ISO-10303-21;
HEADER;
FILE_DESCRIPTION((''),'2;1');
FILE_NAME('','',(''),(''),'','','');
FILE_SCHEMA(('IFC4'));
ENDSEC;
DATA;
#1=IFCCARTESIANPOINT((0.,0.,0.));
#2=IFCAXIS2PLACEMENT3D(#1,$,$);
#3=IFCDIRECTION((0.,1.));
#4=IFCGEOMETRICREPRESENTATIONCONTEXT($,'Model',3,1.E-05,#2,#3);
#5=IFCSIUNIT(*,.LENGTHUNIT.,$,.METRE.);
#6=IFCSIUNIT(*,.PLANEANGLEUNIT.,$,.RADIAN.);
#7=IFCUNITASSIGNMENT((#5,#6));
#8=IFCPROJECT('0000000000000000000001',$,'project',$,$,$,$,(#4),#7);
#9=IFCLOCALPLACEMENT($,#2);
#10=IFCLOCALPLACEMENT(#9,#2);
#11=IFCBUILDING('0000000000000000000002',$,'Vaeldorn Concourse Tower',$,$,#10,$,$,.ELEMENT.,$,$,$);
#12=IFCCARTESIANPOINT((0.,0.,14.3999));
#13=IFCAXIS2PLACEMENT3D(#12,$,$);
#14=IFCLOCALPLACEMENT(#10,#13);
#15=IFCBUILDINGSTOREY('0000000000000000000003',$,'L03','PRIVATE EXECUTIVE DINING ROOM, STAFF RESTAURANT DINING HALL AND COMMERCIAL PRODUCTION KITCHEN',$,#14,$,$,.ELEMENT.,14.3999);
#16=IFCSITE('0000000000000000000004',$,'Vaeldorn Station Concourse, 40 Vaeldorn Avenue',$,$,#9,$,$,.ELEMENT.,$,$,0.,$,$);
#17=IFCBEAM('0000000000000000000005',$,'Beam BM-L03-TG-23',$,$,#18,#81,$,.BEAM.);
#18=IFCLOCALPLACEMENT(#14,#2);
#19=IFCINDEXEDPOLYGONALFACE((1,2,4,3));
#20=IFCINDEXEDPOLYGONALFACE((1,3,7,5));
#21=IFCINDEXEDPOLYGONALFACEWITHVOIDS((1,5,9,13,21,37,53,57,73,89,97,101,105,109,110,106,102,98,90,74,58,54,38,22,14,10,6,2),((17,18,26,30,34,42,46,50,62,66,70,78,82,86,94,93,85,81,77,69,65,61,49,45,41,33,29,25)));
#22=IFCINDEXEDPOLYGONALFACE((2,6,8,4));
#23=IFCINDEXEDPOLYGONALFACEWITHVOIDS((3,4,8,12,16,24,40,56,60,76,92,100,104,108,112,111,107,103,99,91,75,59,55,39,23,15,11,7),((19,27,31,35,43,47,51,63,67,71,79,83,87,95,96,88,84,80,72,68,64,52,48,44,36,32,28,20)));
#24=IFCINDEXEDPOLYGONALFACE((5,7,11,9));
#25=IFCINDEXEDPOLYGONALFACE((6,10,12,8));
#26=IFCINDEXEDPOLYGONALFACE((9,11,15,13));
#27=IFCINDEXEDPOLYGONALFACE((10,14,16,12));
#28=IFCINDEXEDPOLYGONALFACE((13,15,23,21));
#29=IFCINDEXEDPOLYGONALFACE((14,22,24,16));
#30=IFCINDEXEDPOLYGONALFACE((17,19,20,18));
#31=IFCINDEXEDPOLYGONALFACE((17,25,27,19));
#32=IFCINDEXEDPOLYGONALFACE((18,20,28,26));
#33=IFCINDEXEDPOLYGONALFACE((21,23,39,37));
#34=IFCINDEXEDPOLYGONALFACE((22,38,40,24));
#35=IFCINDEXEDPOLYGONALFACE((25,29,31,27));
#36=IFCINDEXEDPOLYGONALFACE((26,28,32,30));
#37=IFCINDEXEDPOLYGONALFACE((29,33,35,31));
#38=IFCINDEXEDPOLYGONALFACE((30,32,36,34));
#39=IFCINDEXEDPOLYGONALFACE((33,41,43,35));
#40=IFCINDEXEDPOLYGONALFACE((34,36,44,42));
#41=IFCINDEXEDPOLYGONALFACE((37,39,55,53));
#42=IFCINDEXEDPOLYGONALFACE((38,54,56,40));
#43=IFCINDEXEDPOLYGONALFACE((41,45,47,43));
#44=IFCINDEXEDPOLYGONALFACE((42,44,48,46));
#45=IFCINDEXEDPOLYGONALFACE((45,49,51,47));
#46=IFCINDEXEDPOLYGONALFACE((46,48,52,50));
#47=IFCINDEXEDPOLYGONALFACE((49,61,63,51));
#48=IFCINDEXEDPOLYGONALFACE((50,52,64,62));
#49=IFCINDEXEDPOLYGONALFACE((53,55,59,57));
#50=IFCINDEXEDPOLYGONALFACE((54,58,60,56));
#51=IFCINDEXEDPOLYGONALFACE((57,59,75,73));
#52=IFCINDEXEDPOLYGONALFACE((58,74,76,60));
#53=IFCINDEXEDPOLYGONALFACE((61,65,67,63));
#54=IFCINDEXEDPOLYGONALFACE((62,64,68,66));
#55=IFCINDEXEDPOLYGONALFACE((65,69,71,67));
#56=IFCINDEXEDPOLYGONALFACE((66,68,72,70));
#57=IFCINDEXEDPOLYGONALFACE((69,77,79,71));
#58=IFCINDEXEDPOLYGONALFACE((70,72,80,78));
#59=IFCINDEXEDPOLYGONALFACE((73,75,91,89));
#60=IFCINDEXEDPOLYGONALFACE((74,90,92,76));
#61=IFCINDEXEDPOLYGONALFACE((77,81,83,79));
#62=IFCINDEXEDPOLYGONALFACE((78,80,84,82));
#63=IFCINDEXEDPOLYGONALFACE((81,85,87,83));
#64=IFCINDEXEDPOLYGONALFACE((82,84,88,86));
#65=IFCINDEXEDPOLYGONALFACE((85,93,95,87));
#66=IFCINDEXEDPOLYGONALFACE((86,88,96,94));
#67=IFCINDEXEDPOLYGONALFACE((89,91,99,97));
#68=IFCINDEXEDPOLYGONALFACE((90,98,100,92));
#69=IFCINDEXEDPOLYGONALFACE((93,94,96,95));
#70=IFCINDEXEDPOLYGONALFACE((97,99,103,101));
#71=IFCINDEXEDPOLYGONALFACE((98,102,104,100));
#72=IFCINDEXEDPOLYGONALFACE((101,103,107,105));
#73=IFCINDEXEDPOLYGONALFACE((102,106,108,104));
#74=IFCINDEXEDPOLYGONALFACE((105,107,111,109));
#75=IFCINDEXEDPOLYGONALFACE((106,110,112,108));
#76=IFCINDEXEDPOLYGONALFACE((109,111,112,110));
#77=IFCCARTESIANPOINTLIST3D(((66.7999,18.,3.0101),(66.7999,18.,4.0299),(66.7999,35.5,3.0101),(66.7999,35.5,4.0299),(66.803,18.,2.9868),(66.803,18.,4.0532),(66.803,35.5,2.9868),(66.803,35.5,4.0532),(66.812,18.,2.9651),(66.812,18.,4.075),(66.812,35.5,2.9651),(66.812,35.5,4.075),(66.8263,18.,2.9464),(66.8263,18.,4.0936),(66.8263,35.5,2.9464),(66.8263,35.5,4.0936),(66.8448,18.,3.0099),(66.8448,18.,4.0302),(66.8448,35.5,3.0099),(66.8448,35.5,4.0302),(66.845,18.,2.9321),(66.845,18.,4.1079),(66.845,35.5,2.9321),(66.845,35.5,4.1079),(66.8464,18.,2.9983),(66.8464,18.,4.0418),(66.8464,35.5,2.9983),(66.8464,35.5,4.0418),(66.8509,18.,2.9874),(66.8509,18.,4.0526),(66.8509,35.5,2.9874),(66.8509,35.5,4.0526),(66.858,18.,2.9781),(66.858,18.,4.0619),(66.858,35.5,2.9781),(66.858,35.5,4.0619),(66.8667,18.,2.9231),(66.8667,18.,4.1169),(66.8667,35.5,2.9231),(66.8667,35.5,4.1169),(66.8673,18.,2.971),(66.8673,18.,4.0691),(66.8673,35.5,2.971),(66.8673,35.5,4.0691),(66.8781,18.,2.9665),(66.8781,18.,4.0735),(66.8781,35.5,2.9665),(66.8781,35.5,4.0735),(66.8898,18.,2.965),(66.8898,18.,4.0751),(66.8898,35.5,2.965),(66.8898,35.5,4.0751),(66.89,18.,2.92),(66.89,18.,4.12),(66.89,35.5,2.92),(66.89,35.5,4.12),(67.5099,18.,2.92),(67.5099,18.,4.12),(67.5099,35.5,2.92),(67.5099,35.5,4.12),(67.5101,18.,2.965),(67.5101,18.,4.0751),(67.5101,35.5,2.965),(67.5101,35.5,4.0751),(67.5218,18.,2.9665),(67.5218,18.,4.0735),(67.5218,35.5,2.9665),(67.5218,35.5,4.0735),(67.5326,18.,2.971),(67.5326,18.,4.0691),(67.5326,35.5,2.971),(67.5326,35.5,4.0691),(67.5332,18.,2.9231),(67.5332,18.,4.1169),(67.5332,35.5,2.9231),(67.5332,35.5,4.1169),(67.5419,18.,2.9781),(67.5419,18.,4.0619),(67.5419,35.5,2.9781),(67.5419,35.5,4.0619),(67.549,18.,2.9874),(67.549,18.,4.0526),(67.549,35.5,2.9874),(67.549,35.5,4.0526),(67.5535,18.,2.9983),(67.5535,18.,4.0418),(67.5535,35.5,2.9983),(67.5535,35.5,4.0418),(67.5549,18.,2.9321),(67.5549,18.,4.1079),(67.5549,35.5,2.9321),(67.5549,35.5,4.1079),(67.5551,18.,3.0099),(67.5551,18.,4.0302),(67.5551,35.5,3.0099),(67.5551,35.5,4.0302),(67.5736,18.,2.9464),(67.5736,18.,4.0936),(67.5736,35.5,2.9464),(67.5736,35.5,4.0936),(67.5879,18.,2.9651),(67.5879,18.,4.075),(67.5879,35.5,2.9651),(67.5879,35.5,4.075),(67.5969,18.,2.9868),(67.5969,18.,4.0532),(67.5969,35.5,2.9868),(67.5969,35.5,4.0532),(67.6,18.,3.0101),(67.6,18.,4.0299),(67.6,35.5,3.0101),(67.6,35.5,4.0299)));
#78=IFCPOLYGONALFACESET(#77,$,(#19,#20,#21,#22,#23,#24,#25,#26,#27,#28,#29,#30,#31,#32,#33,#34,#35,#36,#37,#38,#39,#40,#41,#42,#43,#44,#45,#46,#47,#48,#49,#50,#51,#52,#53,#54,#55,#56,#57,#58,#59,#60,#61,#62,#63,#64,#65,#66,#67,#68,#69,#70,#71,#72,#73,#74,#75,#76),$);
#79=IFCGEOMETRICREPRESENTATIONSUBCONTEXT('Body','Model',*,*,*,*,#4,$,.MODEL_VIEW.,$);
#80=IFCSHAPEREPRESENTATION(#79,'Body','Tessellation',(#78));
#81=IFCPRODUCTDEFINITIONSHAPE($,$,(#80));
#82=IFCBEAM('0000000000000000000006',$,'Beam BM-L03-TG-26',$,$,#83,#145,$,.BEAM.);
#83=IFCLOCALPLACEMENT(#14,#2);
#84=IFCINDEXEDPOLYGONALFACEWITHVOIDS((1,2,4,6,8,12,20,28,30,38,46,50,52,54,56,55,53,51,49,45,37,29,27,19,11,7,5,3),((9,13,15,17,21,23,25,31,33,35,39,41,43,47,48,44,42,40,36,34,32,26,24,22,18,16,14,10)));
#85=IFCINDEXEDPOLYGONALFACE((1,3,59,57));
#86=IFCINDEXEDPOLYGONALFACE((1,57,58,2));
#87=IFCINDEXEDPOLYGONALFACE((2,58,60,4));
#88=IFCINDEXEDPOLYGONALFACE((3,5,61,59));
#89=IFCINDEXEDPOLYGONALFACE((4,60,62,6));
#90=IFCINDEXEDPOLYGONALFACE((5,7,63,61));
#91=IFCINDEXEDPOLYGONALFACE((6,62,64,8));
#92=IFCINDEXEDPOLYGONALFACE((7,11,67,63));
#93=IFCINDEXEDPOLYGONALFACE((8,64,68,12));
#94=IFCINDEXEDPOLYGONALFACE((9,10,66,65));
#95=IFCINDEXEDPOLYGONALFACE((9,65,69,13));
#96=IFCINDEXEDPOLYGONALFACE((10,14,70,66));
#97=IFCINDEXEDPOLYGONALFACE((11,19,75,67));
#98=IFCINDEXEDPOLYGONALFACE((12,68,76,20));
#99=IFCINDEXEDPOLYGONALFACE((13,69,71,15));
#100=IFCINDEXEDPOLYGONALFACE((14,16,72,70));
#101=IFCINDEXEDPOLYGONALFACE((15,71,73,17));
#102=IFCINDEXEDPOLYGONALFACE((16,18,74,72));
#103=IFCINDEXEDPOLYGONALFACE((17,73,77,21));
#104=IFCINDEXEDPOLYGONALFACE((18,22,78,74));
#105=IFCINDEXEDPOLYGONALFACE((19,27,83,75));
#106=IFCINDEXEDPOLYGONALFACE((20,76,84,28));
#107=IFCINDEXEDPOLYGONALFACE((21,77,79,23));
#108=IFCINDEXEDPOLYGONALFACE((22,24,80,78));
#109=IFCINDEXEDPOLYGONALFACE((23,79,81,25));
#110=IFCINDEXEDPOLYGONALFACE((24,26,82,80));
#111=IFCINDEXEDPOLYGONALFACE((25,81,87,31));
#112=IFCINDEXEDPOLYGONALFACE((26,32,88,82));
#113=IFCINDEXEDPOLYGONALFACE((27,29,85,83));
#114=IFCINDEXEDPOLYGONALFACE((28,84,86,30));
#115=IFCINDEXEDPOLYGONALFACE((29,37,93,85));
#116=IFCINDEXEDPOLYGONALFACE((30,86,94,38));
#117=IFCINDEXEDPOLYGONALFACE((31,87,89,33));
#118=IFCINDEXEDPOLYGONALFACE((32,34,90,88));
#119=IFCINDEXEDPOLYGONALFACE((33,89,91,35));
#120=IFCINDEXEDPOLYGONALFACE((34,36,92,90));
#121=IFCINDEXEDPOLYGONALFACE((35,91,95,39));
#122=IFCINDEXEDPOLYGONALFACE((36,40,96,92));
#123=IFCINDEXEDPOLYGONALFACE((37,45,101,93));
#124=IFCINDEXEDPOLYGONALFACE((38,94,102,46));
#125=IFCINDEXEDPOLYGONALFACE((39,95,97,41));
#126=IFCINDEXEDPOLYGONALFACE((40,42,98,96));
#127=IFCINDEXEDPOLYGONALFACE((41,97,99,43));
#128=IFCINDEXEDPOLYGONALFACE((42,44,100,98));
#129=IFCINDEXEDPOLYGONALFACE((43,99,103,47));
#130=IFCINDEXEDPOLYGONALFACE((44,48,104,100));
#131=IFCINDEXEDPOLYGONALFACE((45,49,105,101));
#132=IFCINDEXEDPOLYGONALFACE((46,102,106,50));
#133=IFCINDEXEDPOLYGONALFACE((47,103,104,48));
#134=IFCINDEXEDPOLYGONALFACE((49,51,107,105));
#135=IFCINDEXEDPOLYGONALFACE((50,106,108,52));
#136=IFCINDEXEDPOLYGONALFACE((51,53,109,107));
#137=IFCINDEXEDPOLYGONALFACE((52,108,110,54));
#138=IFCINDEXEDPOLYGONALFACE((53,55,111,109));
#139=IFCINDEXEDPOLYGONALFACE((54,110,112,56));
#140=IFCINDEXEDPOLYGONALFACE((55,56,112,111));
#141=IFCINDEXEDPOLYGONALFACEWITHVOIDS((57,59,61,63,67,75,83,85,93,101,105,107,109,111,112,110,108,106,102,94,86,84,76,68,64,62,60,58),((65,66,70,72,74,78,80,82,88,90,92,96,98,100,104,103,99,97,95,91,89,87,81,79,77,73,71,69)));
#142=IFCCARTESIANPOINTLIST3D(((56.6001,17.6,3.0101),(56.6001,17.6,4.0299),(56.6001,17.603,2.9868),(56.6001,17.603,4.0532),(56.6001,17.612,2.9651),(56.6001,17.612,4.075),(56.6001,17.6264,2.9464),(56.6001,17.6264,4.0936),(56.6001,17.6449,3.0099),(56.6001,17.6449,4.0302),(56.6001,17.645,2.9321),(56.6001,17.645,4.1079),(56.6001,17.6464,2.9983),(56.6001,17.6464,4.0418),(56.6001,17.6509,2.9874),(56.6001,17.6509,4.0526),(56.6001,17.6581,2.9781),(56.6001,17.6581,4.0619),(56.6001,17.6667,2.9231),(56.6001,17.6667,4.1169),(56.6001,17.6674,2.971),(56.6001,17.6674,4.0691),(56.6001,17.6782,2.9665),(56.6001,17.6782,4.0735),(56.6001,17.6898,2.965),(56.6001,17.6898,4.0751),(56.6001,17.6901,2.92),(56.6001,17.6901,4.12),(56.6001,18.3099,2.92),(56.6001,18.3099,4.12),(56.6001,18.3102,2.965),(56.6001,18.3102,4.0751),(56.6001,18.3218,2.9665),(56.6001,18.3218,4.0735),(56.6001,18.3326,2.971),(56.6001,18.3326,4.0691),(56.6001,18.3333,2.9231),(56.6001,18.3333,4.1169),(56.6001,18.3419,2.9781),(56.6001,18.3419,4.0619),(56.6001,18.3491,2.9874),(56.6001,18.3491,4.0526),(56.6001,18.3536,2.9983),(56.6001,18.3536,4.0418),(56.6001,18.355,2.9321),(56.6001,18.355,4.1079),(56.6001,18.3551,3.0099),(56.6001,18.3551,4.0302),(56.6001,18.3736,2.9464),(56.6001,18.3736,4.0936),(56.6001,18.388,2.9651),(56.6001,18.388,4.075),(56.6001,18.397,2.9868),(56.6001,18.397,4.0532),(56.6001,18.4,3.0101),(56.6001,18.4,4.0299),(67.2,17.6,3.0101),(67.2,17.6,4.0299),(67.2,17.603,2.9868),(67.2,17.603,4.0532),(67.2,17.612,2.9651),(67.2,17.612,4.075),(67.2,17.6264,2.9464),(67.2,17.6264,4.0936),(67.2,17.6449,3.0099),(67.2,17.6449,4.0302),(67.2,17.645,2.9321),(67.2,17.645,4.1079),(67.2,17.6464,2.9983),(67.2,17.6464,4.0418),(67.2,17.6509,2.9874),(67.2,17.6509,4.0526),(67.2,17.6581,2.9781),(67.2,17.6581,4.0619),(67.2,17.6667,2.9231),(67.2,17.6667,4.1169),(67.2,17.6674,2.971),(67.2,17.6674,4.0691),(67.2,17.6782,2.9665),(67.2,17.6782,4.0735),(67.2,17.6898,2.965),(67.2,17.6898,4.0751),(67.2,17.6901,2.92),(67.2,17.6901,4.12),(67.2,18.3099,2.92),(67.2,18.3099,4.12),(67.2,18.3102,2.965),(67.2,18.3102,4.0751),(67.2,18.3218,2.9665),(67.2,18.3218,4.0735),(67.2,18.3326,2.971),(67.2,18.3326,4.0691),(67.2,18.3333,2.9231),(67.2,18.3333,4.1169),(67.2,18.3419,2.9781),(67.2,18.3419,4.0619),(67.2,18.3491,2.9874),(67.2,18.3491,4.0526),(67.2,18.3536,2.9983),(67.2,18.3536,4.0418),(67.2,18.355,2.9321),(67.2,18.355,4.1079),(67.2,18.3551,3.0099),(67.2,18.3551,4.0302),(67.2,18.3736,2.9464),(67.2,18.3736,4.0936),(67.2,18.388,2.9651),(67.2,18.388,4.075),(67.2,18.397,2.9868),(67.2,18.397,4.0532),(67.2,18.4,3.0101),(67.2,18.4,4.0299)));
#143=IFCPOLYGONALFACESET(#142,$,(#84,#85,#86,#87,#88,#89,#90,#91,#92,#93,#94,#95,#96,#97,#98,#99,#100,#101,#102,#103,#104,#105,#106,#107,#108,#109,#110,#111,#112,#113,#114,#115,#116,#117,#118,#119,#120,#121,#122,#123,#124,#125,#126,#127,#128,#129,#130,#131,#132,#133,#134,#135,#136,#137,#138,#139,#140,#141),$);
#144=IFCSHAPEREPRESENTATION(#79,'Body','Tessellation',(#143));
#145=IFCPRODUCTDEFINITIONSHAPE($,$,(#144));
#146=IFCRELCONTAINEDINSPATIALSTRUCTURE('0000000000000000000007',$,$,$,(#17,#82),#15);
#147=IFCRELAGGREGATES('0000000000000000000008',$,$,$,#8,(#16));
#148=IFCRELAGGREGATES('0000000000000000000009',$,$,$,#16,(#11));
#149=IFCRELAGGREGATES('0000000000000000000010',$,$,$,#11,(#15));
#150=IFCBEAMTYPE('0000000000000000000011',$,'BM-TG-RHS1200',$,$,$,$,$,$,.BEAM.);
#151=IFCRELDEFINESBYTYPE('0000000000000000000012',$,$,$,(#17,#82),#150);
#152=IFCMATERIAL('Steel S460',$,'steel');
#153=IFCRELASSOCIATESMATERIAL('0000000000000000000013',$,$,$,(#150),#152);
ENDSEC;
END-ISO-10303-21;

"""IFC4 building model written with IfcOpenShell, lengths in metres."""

from ifc_helpers import new_model, si_unit, direction, frame, origin, origin_2d, place, context, subcontext, project, spatial, hollow_rectangle, extrude, source, transform, mapped, material, material_profile, profile_set, type_object, element, save


model = new_model("IFC4")

# Units and contexts
model_context = context("Model", 3, precision=1e-05, world=origin(), true_north=direction((0.0, 1.0)))
body_context = subcontext(model_context, "Body", "Model", "MODEL_VIEW")
ifc_project = project(units=[si_unit("LENGTHUNIT", "METRE"), si_unit("PLANEANGLEUNIT", "RADIAN")], contexts=[model_context])

# Site, building, storey
site_placement = place(None, origin())
site = spatial("IfcSite", under=ifc_project, at=site_placement, Name="Vaeldorn Station Concourse, 40 Vaeldorn Avenue", CompositionType="ELEMENT", RefElevation=0.0)
building_placement = place(site_placement, origin())
building = spatial("IfcBuilding", under=site, at=building_placement, Name="Vaeldorn Concourse Tower", CompositionType="ELEMENT")
storey_placement = place(building_placement, frame((0.0, 0.0, 14.3999)))
storey = spatial("IfcBuildingStorey", under=building, at=storey_placement, Name="L03", Description="PRIVATE EXECUTIVE DINING ROOM, STAFF RESTAURANT DINING HALL AND COMMERCIAL PRODUCTION KITCHEN", CompositionType="ELEMENT", Elevation=14.3999)

# Shared definitions
ifc_material_1 = material(Name="Steel S460", Category="steel")

# Beams
ifc_material_profile_1 = material_profile(ifc_material_1, hollow_rectangle(XDim=0.8, YDim=1.2, WallThickness=0.0449, InnerFilletRadius=0.0449, OuterFilletRadius=0.0901, at=origin_2d()), Name="RHS 1200x800x45")
ifc_profile_set_1 = profile_set([ifc_material_profile_1], Name="Steel S460")
beam_type_1 = type_object("IfcBeamType", Name="BM-TG-RHS1200", PredefinedType="BEAM", material=ifc_profile_set_1)
shared_shape_1 = source(origin(), body_context, "Body", "SweptSolid", [
    extrude(hollow_rectangle(XDim=0.8, YDim=1.2, WallThickness=0.0449, InnerFilletRadius=0.0449, OuterFilletRadius=0.0901, at=origin_2d()), origin(), (0.0, 0.0, 1.0), 17.5),
])
beam_1_placement = place(storey_placement, frame((67.2, 18.0, 3.52), z_axis=(0.0, 1.0, 0.0), x_axis=(-1.0, 0.0, 0.0)))
element("IfcBeam", 1, at=beam_1_placement, inside=storey, type_object=beam_type_1, Name="Beam BM-L03-TG-23", PredefinedType="BEAM", context=body_context, shape_type="MappedRepresentation", body=[
    mapped(shared_shape_1, transform((0.0, 0.0, 0.0), scale=1.0)),
])
shared_shape_2 = source(origin(), body_context, "Body", "SweptSolid", [
    extrude(hollow_rectangle(XDim=0.8, YDim=1.2, WallThickness=0.0449, InnerFilletRadius=0.0449, OuterFilletRadius=0.0901, at=origin_2d()), origin(), (0.0, 0.0, 1.0), 10.5999),
])
beam_2_placement = place(storey_placement, frame((56.6001, 18.0, 3.52), z_axis=(1.0, 0.0, 0.0), x_axis=(0.0, 1.0, 0.0)))
element("IfcBeam", 2, at=beam_2_placement, inside=storey, type_object=beam_type_1, Name="Beam BM-L03-TG-26", PredefinedType="BEAM", context=body_context, shape_type="MappedRepresentation", body=[
    mapped(shared_shape_2, transform((0.0, 0.0, 0.0), scale=1.0)),
])

save(model, "model.ifc")
